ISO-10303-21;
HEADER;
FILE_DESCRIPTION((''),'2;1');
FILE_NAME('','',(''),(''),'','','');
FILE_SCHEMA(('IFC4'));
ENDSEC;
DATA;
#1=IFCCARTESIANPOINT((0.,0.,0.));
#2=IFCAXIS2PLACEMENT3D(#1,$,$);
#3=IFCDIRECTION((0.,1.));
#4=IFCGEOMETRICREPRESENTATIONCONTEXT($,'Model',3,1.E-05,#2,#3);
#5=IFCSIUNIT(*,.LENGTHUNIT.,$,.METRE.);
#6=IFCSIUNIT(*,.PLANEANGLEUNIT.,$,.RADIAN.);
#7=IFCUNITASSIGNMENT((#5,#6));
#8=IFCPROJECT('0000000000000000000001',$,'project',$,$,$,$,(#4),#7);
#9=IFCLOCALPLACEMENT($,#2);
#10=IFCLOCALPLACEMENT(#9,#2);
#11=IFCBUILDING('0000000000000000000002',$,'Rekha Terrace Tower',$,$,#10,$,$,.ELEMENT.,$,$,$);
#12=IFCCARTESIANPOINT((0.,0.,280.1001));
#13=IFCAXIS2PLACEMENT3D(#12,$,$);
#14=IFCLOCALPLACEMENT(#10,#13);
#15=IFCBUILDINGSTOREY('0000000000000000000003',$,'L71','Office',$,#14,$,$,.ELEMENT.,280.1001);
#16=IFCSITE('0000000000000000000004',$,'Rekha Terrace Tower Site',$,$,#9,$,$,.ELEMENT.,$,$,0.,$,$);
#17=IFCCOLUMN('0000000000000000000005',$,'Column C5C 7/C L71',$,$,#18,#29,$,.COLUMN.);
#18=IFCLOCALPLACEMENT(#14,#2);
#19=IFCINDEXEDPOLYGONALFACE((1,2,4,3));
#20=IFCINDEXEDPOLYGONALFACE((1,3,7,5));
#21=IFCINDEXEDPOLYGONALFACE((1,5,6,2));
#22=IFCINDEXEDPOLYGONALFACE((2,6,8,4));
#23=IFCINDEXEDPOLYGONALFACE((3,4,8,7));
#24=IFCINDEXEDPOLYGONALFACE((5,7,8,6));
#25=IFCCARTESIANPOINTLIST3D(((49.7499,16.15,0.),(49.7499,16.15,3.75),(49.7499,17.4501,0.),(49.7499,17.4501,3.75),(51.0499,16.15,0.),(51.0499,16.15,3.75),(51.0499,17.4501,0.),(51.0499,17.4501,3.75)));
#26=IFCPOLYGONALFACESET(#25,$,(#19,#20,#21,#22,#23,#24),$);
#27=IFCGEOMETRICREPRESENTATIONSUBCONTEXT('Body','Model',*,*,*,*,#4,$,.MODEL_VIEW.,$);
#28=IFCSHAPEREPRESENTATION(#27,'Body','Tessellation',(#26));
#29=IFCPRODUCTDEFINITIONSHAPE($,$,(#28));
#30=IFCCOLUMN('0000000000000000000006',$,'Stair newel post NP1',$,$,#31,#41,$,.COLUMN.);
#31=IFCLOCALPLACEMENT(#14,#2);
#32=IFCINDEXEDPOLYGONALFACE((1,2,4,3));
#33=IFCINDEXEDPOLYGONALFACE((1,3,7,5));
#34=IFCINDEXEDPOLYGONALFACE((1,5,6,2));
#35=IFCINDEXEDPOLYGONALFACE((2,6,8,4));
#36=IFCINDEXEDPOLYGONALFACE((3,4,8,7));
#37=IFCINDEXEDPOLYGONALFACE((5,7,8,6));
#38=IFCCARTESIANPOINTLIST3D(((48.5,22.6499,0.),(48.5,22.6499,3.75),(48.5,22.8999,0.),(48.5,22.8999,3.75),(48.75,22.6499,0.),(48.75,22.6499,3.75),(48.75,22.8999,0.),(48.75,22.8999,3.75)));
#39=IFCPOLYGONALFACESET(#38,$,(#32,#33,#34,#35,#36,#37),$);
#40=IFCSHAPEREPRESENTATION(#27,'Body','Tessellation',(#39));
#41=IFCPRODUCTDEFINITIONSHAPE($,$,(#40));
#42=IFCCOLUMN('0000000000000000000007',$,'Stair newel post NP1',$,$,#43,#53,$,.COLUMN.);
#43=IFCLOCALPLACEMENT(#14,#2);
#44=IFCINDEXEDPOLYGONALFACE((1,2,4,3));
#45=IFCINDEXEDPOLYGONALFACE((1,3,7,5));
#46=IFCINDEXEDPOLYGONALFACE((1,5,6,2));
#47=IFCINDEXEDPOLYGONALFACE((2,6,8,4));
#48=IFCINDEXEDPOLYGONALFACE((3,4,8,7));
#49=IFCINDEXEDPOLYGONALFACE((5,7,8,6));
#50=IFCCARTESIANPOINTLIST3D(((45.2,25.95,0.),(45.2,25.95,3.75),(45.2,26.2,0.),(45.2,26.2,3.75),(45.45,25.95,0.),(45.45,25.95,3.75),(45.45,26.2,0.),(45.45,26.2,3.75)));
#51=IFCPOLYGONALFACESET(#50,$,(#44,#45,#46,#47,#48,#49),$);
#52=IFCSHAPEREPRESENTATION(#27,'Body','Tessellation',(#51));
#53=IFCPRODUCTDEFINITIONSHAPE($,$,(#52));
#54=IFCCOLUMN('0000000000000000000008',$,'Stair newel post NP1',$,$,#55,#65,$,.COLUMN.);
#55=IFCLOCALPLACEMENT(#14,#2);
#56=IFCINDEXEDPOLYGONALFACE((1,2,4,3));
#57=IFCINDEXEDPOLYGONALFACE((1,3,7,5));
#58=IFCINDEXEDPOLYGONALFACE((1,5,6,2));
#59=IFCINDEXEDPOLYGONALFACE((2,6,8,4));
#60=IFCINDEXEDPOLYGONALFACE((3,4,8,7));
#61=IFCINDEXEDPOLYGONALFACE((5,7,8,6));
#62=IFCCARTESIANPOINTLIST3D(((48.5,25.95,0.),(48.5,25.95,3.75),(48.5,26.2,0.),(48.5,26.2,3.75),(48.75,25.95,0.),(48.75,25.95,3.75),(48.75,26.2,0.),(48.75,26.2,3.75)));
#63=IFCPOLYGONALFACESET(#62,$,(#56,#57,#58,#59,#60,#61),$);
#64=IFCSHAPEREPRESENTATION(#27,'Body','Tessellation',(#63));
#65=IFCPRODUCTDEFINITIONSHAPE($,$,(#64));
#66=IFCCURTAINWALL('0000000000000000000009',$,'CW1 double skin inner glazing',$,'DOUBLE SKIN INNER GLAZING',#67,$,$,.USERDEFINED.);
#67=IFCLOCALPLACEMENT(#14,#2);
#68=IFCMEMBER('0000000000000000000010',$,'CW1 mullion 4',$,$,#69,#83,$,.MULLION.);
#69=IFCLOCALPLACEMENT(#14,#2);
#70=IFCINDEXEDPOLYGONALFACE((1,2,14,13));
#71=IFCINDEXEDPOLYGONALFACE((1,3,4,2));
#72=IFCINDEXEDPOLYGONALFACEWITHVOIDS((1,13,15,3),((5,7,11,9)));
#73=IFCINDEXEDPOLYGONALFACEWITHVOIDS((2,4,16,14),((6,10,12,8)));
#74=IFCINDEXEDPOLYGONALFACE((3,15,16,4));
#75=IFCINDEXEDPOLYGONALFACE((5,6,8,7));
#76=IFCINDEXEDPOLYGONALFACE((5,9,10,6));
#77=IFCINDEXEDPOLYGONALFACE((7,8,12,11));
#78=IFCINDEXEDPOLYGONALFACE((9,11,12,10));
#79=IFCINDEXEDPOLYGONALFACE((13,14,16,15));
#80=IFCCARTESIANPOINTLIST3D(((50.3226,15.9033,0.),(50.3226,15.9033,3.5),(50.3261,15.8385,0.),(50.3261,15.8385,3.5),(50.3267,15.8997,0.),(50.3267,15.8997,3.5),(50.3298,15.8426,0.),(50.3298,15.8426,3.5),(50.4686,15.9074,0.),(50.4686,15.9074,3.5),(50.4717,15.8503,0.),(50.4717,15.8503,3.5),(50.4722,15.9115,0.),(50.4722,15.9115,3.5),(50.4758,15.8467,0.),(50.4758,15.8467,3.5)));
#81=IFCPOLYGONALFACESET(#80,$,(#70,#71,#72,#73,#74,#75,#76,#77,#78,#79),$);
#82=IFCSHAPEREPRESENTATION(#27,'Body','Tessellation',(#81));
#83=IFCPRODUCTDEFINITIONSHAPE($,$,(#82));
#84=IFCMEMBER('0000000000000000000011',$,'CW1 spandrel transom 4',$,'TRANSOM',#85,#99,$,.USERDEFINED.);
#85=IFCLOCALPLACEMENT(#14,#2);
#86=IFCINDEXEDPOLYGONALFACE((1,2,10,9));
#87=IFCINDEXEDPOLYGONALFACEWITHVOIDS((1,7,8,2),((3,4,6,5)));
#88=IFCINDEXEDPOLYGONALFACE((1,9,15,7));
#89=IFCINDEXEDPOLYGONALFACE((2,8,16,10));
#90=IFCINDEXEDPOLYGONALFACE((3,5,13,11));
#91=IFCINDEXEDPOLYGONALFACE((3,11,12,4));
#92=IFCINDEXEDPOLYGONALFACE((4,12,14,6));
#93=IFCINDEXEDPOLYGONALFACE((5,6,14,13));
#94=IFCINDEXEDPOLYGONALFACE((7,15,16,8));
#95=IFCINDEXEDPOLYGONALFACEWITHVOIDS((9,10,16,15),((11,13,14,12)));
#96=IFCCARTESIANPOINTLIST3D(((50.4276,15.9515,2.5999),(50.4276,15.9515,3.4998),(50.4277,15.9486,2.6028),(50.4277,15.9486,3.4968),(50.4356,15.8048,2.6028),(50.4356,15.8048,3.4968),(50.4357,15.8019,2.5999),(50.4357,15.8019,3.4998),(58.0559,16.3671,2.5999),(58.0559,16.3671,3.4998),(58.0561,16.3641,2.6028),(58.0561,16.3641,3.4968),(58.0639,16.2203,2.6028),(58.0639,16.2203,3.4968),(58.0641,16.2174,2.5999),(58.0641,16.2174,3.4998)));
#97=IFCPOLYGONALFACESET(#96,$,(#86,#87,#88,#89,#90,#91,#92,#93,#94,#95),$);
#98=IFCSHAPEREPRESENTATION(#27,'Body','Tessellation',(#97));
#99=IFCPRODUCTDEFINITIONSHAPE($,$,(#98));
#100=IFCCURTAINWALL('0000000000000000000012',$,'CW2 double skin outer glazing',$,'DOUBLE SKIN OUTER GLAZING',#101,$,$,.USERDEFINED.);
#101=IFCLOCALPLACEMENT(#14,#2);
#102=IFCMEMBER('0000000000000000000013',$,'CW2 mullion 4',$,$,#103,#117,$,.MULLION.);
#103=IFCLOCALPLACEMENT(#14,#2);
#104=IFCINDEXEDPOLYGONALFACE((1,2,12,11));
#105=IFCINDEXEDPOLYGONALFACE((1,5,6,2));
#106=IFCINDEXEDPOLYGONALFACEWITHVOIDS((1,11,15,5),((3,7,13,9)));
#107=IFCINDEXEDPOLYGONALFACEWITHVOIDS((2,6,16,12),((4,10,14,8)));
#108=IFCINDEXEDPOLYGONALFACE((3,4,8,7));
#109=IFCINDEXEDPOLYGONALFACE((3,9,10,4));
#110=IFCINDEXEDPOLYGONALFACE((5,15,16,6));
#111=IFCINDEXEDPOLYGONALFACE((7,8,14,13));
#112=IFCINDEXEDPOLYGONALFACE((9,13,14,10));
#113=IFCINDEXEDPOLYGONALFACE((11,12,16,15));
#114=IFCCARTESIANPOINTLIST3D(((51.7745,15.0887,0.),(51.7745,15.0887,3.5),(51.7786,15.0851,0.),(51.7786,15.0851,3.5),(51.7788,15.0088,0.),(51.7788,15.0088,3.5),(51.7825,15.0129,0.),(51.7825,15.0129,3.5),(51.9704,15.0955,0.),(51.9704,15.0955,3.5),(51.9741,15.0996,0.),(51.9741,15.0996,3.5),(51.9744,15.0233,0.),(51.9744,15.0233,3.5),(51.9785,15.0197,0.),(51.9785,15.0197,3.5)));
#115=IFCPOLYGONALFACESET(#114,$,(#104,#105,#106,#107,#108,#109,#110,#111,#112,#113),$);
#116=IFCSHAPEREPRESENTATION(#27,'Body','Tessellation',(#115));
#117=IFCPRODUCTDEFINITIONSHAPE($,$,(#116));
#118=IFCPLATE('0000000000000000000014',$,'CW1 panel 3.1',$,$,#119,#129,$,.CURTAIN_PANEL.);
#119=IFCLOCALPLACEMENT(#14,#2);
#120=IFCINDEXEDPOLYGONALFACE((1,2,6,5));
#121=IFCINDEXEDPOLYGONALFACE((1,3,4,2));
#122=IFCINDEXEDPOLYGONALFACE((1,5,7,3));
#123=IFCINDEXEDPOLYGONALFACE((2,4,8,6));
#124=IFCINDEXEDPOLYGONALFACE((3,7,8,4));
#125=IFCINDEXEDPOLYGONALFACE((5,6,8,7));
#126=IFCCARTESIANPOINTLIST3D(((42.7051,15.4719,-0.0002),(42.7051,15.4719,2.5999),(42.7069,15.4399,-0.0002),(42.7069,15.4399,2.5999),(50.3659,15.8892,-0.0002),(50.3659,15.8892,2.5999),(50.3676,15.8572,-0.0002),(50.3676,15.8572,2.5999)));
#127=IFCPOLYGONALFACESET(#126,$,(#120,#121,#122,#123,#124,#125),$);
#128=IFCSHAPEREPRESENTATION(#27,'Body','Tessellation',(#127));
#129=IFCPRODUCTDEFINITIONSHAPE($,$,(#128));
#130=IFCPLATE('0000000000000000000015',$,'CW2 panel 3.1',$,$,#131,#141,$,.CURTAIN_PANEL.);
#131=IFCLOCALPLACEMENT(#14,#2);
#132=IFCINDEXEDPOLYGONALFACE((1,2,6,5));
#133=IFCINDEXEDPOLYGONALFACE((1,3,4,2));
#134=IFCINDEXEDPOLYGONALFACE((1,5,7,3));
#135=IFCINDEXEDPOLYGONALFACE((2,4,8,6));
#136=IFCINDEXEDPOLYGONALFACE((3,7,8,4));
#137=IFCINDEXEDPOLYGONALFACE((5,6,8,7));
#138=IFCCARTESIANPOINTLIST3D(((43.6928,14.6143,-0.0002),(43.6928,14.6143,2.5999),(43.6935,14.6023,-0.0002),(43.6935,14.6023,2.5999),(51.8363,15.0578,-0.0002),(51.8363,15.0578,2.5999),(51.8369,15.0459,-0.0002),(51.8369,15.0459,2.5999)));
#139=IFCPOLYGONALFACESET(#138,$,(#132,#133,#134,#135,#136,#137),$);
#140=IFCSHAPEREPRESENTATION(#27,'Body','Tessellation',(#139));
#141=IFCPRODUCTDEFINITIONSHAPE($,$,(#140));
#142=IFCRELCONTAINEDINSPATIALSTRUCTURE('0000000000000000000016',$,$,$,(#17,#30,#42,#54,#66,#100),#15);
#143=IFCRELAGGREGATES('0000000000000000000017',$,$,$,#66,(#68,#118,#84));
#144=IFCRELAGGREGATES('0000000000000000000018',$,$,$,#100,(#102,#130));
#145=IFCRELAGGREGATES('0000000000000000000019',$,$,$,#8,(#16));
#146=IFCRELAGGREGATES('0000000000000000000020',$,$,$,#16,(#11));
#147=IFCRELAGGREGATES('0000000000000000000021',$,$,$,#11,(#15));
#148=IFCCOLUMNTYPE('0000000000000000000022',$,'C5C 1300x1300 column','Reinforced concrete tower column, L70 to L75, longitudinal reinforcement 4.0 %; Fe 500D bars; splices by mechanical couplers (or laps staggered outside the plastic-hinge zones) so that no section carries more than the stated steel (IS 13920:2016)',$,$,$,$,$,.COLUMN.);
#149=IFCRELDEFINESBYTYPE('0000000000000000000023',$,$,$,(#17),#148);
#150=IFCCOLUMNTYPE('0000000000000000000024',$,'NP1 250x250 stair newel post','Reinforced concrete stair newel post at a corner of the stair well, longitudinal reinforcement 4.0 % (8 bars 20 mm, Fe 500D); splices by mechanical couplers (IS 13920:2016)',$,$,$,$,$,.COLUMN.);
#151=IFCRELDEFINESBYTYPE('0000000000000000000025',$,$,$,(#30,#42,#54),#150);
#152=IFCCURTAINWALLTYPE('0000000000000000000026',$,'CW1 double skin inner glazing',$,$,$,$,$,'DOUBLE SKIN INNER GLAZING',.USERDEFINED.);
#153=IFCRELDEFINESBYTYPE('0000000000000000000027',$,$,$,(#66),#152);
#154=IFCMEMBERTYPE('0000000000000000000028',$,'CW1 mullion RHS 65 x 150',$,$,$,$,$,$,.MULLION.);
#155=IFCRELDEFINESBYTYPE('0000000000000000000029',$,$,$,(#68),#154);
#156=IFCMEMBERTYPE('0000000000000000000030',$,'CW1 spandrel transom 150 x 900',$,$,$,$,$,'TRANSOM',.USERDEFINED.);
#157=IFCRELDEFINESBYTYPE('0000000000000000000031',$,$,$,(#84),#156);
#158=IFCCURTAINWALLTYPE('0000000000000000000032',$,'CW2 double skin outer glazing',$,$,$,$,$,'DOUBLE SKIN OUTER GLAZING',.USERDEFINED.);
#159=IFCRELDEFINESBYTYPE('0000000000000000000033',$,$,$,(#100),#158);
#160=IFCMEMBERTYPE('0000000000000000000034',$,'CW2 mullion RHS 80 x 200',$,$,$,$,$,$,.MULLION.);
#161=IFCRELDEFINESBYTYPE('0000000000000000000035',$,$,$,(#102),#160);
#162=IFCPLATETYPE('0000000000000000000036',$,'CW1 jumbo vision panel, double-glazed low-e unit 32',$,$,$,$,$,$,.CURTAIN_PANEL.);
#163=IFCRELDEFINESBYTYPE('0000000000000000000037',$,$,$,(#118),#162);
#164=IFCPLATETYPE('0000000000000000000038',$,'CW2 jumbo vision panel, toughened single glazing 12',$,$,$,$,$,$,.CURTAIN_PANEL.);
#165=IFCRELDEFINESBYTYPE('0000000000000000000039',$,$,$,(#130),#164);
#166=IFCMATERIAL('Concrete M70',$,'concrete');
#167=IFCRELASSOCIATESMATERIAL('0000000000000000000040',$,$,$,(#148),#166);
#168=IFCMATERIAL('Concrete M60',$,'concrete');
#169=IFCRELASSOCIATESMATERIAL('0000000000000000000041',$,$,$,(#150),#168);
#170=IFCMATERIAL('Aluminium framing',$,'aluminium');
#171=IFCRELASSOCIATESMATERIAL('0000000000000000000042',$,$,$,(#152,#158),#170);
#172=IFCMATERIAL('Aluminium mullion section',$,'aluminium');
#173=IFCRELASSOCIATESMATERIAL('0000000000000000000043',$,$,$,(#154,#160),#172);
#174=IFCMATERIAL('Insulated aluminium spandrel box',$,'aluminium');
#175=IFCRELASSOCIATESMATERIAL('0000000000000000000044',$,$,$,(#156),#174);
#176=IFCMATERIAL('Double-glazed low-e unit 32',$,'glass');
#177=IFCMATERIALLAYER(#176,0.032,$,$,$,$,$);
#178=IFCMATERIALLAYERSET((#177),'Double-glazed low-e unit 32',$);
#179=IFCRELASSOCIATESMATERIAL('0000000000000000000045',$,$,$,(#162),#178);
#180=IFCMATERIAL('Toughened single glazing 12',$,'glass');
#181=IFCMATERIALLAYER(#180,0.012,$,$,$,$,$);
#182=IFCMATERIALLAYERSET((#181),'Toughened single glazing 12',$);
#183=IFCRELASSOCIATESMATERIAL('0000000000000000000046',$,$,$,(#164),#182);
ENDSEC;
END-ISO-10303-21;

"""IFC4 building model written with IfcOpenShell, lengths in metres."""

from ifc_helpers import new_model, si_unit, direction, frame, origin, origin_2d, place, context, subcontext, project, spatial, rectangle, hollow_rectangle, extrude, material, layer, layer_set, material_profile, profile_set, type_object, element, aggregate, save


model = new_model("IFC4")

# Units and contexts
model_context = context("Model", 3, precision=1e-05, world=origin(), true_north=direction((0.0, 1.0)))
body_context = subcontext(model_context, "Body", "Model", "MODEL_VIEW")
ifc_project = project(units=[si_unit("LENGTHUNIT", "METRE"), si_unit("PLANEANGLEUNIT", "RADIAN")], contexts=[model_context])

# Site, building, storey
site_placement = place(None, origin())
site = spatial("IfcSite", under=ifc_project, at=site_placement, Name="Rekha Terrace Tower Site", CompositionType="ELEMENT", RefElevation=0.0)
building_placement = place(site_placement, origin())
building = spatial("IfcBuilding", under=site, at=building_placement, Name="Rekha Terrace Tower", CompositionType="ELEMENT")
storey_placement = place(building_placement, frame((0.0, 0.0, 280.1001)))
storey = spatial("IfcBuildingStorey", under=building, at=storey_placement, Name="L71", Description="Office", CompositionType="ELEMENT", Elevation=280.1001)

# Columns
ifc_material_1 = material(Name="Concrete M70", Category="concrete")
ifc_material_profile_1 = material_profile(ifc_material_1, rectangle(XDim=1.3, YDim=1.3, at=origin_2d()), Name="RC 1300x1300")
ifc_profile_set_1 = profile_set([ifc_material_profile_1], Name="Concrete M70")
column_type_1 = type_object("IfcColumnType", Name="C5C 1300x1300 column", Description="Reinforced concrete tower column, L70 to L75, longitudinal reinforcement 4.0 %; Fe 500D bars; splices by mechanical couplers (or laps staggered outside the plastic-hinge zones) so that no section carries more than the stated steel (IS 13920:2016)", PredefinedType="COLUMN", material=ifc_profile_set_1)
column_placement = place(storey_placement, frame((50.3999, 16.8, 0.0), z_axis=(0.0, 0.0, 1.0), x_axis=(1.0, 0.0, 0.0)))
element("IfcColumn", 1, at=column_placement, inside=storey, type_object=column_type_1, Name="Column C5C 7/C L71", PredefinedType="COLUMN", context=body_context, shape_type="SweptSolid", body=[
    extrude(rectangle(XDim=1.3, YDim=1.3, at=origin_2d()), origin(), (0.0, 0.0, 1.0), 3.75),
])
ifc_material_2 = material(Name="Concrete M60", Category="concrete")
ifc_material_profile_2 = material_profile(ifc_material_2, rectangle(XDim=0.25, YDim=0.25, at=origin_2d()), Name="RC 250x250")
ifc_profile_set_2 = profile_set([ifc_material_profile_2], Name="Concrete M60")
column_type_2 = type_object("IfcColumnType", Name="NP1 250x250 stair newel post", Description="Reinforced concrete stair newel post at a corner of the stair well, longitudinal reinforcement 4.0 % (8 bars 20 mm, Fe 500D); splices by mechanical couplers (IS 13920:2016)", PredefinedType="COLUMN", material=ifc_profile_set_2)
for number, where, z_axis, x_axis, name in (
    (2, (48.625, 22.7749, 0.0), (0.0, 0.0, 1.0), (1.0, 0.0, 0.0), "Stair newel post NP1"),
    (3, (45.325, 26.075, 0.0), (0.0, 0.0, 1.0), (1.0, 0.0, 0.0), "Stair newel post NP1"),
    (4, (48.625, 26.075, 0.0), (0.0, 0.0, 1.0), (1.0, 0.0, 0.0), "Stair newel post NP1"),
):
    element("IfcColumn", number, at=place(storey_placement, frame(where, z_axis=z_axis, x_axis=x_axis)), inside=storey, type_object=column_type_2, Name=name, PredefinedType="COLUMN", context=body_context, shape_type="SweptSolid", body=[
        extrude(rectangle(XDim=0.25, YDim=0.25, at=origin_2d()), origin(), (0.0, 0.0, 1.0), 3.75),
    ])

# Curtain wall, members
ifc_material_3 = material(Name="Aluminium framing", Category="aluminium")
curtain_wall_type_1 = type_object("IfcCurtainWallType", Name="CW1 double skin inner glazing", ElementType="DOUBLE SKIN INNER GLAZING", PredefinedType="USERDEFINED", material=ifc_material_3)
curtain_wall_1_placement = place(storey_placement, origin())
curtain_wall_1 = element("IfcCurtainWall", 5, at=curtain_wall_1_placement, inside=storey, type_object=curtain_wall_type_1, Name="CW1 double skin inner glazing", ObjectType="DOUBLE SKIN INNER GLAZING", PredefinedType="USERDEFINED")
ifc_material_4 = material(Name="Aluminium mullion section", Category="aluminium")
ifc_material_profile_3 = material_profile(ifc_material_4, hollow_rectangle(XDim=0.0649, YDim=0.1499, WallThickness=0.0039, at=origin_2d()), Name="AL RHS 65x150")
ifc_profile_set_3 = profile_set([ifc_material_profile_3], Name="Aluminium mullion section")
member_type_1 = type_object("IfcMemberType", Name="CW1 mullion RHS 65 x 150", PredefinedType="MULLION", material=ifc_profile_set_3)
member_1_placement = place(storey_placement, frame((50.3992, 15.875, 0.0), z_axis=(0.0, 0.0, 1.0), x_axis=(-0.054389, 0.99852, 0.0)))
member_1 = element("IfcMember", 6, at=member_1_placement, type_object=member_type_1, Name="CW1 mullion 4", PredefinedType="MULLION", context=body_context, shape_type="SweptSolid", body=[
    extrude(hollow_rectangle(XDim=0.0649, YDim=0.1499, WallThickness=0.0039, at=origin_2d()), origin(), (0.0, 0.0, 1.0), 3.5),
])
ifc_material_5 = material(Name="Insulated aluminium spandrel box", Category="aluminium")
ifc_material_profile_4 = material_profile(ifc_material_5, hollow_rectangle(XDim=0.1499, YDim=0.8999, WallThickness=0.0029, at=origin_2d()), Name="AL SPANDREL BOX 150x900")
ifc_profile_set_4 = profile_set([ifc_material_profile_4], Name="Insulated aluminium spandrel box")
member_type_2 = type_object("IfcMemberType", Name="CW1 spandrel transom 150 x 900", ElementType="TRANSOM", PredefinedType="USERDEFINED", material=ifc_profile_set_4)
member_2_placement = place(storey_placement, frame((50.4316, 15.8767, 3.0498), z_axis=(0.99852, 0.05439, 0.0), x_axis=(-0.05439, 0.99852, 0.0)))
member_2 = element("IfcMember", 7, at=member_2_placement, type_object=member_type_2, Name="CW1 spandrel transom 4", ObjectType="TRANSOM", PredefinedType="USERDEFINED", context=body_context, shape_type="SweptSolid", body=[
    extrude(hollow_rectangle(XDim=0.1499, YDim=0.8999, WallThickness=0.0029, at=origin_2d()), origin(), (0.0, 0.0, 1.0), 7.6396),
])

# Curtain wall, member
curtain_wall_type_2 = type_object("IfcCurtainWallType", Name="CW2 double skin outer glazing", ElementType="DOUBLE SKIN OUTER GLAZING", PredefinedType="USERDEFINED", material=ifc_material_3)
curtain_wall_2_placement = place(storey_placement, origin())
curtain_wall_2 = element("IfcCurtainWall", 8, at=curtain_wall_2_placement, inside=storey, type_object=curtain_wall_type_2, Name="CW2 double skin outer glazing", ObjectType="DOUBLE SKIN OUTER GLAZING", PredefinedType="USERDEFINED")
ifc_material_profile_5 = material_profile(ifc_material_4, hollow_rectangle(XDim=0.0801, YDim=0.2, WallThickness=0.0039, at=origin_2d()), Name="AL RHS 80x200")
ifc_profile_set_5 = profile_set([ifc_material_profile_5], Name="Aluminium mullion section")
member_type_3 = type_object("IfcMemberType", Name="CW2 mullion RHS 80 x 200", PredefinedType="MULLION", material=ifc_profile_set_5)
member_3_placement = place(storey_placement, frame((51.8765, 15.0542, 0.0), z_axis=(0.0, 0.0, 1.0), x_axis=(-0.054389, 0.99852, 0.0)))
member_3 = element("IfcMember", 9, at=member_3_placement, type_object=member_type_3, Name="CW2 mullion 4", PredefinedType="MULLION", context=body_context, shape_type="SweptSolid", body=[
    extrude(hollow_rectangle(XDim=0.0801, YDim=0.2, WallThickness=0.0039, at=origin_2d()), origin(), (0.0, 0.0, 1.0), 3.5),
])

# Plates
ifc_material_6 = material(Name="Double-glazed low-e unit 32", Category="glass")
ifc_layer_1 = layer(ifc_material_6, 0.032)
ifc_layer_set_1 = layer_set([ifc_layer_1], Name="Double-glazed low-e unit 32")
plate_type_1 = type_object("IfcPlateType", Name="CW1 jumbo vision panel, double-glazed low-e unit 32", PredefinedType="CURTAIN_PANEL", material=ifc_layer_set_1)
plate_1_placement = place(storey_placement, frame((46.5364, 15.6646, -0.0002), z_axis=(0.0, 0.0, 1.0), x_axis=(0.99852, 0.054389, 0.0)))
plate_1 = element("IfcPlate", 10, at=plate_1_placement, type_object=plate_type_1, Name="CW1 panel 3.1", PredefinedType="CURTAIN_PANEL", context=body_context, shape_type="SweptSolid", body=[
    extrude(rectangle(XDim=7.6721, YDim=0.032, at=origin_2d()), origin(), (0.0, 0.0, 1.0), 2.6001),
])
aggregate(curtain_wall_1, [member_1, plate_1, member_2])
ifc_material_7 = material(Name="Toughened single glazing 12", Category="glass")
ifc_layer_2 = layer(ifc_material_7, 0.012)
ifc_layer_set_2 = layer_set([ifc_layer_2], Name="Toughened single glazing 12")
plate_type_2 = type_object("IfcPlateType", Name="CW2 jumbo vision panel, toughened single glazing 12", PredefinedType="CURTAIN_PANEL", material=ifc_layer_set_2)
plate_2_placement = place(storey_placement, frame((47.7649, 14.8301, -0.0002), z_axis=(0.0, 0.0, 1.0), x_axis=(0.99852, 0.054389, 0.0)))
plate_2 = element("IfcPlate", 11, at=plate_2_placement, type_object=plate_type_2, Name="CW2 panel 3.1", PredefinedType="CURTAIN_PANEL", context=body_context, shape_type="SweptSolid", body=[
    extrude(rectangle(XDim=8.1555, YDim=0.012, at=origin_2d()), origin(), (0.0, 0.0, 1.0), 2.6001),
])
aggregate(curtain_wall_2, [member_3, plate_2])

save(model, "model.ifc")
